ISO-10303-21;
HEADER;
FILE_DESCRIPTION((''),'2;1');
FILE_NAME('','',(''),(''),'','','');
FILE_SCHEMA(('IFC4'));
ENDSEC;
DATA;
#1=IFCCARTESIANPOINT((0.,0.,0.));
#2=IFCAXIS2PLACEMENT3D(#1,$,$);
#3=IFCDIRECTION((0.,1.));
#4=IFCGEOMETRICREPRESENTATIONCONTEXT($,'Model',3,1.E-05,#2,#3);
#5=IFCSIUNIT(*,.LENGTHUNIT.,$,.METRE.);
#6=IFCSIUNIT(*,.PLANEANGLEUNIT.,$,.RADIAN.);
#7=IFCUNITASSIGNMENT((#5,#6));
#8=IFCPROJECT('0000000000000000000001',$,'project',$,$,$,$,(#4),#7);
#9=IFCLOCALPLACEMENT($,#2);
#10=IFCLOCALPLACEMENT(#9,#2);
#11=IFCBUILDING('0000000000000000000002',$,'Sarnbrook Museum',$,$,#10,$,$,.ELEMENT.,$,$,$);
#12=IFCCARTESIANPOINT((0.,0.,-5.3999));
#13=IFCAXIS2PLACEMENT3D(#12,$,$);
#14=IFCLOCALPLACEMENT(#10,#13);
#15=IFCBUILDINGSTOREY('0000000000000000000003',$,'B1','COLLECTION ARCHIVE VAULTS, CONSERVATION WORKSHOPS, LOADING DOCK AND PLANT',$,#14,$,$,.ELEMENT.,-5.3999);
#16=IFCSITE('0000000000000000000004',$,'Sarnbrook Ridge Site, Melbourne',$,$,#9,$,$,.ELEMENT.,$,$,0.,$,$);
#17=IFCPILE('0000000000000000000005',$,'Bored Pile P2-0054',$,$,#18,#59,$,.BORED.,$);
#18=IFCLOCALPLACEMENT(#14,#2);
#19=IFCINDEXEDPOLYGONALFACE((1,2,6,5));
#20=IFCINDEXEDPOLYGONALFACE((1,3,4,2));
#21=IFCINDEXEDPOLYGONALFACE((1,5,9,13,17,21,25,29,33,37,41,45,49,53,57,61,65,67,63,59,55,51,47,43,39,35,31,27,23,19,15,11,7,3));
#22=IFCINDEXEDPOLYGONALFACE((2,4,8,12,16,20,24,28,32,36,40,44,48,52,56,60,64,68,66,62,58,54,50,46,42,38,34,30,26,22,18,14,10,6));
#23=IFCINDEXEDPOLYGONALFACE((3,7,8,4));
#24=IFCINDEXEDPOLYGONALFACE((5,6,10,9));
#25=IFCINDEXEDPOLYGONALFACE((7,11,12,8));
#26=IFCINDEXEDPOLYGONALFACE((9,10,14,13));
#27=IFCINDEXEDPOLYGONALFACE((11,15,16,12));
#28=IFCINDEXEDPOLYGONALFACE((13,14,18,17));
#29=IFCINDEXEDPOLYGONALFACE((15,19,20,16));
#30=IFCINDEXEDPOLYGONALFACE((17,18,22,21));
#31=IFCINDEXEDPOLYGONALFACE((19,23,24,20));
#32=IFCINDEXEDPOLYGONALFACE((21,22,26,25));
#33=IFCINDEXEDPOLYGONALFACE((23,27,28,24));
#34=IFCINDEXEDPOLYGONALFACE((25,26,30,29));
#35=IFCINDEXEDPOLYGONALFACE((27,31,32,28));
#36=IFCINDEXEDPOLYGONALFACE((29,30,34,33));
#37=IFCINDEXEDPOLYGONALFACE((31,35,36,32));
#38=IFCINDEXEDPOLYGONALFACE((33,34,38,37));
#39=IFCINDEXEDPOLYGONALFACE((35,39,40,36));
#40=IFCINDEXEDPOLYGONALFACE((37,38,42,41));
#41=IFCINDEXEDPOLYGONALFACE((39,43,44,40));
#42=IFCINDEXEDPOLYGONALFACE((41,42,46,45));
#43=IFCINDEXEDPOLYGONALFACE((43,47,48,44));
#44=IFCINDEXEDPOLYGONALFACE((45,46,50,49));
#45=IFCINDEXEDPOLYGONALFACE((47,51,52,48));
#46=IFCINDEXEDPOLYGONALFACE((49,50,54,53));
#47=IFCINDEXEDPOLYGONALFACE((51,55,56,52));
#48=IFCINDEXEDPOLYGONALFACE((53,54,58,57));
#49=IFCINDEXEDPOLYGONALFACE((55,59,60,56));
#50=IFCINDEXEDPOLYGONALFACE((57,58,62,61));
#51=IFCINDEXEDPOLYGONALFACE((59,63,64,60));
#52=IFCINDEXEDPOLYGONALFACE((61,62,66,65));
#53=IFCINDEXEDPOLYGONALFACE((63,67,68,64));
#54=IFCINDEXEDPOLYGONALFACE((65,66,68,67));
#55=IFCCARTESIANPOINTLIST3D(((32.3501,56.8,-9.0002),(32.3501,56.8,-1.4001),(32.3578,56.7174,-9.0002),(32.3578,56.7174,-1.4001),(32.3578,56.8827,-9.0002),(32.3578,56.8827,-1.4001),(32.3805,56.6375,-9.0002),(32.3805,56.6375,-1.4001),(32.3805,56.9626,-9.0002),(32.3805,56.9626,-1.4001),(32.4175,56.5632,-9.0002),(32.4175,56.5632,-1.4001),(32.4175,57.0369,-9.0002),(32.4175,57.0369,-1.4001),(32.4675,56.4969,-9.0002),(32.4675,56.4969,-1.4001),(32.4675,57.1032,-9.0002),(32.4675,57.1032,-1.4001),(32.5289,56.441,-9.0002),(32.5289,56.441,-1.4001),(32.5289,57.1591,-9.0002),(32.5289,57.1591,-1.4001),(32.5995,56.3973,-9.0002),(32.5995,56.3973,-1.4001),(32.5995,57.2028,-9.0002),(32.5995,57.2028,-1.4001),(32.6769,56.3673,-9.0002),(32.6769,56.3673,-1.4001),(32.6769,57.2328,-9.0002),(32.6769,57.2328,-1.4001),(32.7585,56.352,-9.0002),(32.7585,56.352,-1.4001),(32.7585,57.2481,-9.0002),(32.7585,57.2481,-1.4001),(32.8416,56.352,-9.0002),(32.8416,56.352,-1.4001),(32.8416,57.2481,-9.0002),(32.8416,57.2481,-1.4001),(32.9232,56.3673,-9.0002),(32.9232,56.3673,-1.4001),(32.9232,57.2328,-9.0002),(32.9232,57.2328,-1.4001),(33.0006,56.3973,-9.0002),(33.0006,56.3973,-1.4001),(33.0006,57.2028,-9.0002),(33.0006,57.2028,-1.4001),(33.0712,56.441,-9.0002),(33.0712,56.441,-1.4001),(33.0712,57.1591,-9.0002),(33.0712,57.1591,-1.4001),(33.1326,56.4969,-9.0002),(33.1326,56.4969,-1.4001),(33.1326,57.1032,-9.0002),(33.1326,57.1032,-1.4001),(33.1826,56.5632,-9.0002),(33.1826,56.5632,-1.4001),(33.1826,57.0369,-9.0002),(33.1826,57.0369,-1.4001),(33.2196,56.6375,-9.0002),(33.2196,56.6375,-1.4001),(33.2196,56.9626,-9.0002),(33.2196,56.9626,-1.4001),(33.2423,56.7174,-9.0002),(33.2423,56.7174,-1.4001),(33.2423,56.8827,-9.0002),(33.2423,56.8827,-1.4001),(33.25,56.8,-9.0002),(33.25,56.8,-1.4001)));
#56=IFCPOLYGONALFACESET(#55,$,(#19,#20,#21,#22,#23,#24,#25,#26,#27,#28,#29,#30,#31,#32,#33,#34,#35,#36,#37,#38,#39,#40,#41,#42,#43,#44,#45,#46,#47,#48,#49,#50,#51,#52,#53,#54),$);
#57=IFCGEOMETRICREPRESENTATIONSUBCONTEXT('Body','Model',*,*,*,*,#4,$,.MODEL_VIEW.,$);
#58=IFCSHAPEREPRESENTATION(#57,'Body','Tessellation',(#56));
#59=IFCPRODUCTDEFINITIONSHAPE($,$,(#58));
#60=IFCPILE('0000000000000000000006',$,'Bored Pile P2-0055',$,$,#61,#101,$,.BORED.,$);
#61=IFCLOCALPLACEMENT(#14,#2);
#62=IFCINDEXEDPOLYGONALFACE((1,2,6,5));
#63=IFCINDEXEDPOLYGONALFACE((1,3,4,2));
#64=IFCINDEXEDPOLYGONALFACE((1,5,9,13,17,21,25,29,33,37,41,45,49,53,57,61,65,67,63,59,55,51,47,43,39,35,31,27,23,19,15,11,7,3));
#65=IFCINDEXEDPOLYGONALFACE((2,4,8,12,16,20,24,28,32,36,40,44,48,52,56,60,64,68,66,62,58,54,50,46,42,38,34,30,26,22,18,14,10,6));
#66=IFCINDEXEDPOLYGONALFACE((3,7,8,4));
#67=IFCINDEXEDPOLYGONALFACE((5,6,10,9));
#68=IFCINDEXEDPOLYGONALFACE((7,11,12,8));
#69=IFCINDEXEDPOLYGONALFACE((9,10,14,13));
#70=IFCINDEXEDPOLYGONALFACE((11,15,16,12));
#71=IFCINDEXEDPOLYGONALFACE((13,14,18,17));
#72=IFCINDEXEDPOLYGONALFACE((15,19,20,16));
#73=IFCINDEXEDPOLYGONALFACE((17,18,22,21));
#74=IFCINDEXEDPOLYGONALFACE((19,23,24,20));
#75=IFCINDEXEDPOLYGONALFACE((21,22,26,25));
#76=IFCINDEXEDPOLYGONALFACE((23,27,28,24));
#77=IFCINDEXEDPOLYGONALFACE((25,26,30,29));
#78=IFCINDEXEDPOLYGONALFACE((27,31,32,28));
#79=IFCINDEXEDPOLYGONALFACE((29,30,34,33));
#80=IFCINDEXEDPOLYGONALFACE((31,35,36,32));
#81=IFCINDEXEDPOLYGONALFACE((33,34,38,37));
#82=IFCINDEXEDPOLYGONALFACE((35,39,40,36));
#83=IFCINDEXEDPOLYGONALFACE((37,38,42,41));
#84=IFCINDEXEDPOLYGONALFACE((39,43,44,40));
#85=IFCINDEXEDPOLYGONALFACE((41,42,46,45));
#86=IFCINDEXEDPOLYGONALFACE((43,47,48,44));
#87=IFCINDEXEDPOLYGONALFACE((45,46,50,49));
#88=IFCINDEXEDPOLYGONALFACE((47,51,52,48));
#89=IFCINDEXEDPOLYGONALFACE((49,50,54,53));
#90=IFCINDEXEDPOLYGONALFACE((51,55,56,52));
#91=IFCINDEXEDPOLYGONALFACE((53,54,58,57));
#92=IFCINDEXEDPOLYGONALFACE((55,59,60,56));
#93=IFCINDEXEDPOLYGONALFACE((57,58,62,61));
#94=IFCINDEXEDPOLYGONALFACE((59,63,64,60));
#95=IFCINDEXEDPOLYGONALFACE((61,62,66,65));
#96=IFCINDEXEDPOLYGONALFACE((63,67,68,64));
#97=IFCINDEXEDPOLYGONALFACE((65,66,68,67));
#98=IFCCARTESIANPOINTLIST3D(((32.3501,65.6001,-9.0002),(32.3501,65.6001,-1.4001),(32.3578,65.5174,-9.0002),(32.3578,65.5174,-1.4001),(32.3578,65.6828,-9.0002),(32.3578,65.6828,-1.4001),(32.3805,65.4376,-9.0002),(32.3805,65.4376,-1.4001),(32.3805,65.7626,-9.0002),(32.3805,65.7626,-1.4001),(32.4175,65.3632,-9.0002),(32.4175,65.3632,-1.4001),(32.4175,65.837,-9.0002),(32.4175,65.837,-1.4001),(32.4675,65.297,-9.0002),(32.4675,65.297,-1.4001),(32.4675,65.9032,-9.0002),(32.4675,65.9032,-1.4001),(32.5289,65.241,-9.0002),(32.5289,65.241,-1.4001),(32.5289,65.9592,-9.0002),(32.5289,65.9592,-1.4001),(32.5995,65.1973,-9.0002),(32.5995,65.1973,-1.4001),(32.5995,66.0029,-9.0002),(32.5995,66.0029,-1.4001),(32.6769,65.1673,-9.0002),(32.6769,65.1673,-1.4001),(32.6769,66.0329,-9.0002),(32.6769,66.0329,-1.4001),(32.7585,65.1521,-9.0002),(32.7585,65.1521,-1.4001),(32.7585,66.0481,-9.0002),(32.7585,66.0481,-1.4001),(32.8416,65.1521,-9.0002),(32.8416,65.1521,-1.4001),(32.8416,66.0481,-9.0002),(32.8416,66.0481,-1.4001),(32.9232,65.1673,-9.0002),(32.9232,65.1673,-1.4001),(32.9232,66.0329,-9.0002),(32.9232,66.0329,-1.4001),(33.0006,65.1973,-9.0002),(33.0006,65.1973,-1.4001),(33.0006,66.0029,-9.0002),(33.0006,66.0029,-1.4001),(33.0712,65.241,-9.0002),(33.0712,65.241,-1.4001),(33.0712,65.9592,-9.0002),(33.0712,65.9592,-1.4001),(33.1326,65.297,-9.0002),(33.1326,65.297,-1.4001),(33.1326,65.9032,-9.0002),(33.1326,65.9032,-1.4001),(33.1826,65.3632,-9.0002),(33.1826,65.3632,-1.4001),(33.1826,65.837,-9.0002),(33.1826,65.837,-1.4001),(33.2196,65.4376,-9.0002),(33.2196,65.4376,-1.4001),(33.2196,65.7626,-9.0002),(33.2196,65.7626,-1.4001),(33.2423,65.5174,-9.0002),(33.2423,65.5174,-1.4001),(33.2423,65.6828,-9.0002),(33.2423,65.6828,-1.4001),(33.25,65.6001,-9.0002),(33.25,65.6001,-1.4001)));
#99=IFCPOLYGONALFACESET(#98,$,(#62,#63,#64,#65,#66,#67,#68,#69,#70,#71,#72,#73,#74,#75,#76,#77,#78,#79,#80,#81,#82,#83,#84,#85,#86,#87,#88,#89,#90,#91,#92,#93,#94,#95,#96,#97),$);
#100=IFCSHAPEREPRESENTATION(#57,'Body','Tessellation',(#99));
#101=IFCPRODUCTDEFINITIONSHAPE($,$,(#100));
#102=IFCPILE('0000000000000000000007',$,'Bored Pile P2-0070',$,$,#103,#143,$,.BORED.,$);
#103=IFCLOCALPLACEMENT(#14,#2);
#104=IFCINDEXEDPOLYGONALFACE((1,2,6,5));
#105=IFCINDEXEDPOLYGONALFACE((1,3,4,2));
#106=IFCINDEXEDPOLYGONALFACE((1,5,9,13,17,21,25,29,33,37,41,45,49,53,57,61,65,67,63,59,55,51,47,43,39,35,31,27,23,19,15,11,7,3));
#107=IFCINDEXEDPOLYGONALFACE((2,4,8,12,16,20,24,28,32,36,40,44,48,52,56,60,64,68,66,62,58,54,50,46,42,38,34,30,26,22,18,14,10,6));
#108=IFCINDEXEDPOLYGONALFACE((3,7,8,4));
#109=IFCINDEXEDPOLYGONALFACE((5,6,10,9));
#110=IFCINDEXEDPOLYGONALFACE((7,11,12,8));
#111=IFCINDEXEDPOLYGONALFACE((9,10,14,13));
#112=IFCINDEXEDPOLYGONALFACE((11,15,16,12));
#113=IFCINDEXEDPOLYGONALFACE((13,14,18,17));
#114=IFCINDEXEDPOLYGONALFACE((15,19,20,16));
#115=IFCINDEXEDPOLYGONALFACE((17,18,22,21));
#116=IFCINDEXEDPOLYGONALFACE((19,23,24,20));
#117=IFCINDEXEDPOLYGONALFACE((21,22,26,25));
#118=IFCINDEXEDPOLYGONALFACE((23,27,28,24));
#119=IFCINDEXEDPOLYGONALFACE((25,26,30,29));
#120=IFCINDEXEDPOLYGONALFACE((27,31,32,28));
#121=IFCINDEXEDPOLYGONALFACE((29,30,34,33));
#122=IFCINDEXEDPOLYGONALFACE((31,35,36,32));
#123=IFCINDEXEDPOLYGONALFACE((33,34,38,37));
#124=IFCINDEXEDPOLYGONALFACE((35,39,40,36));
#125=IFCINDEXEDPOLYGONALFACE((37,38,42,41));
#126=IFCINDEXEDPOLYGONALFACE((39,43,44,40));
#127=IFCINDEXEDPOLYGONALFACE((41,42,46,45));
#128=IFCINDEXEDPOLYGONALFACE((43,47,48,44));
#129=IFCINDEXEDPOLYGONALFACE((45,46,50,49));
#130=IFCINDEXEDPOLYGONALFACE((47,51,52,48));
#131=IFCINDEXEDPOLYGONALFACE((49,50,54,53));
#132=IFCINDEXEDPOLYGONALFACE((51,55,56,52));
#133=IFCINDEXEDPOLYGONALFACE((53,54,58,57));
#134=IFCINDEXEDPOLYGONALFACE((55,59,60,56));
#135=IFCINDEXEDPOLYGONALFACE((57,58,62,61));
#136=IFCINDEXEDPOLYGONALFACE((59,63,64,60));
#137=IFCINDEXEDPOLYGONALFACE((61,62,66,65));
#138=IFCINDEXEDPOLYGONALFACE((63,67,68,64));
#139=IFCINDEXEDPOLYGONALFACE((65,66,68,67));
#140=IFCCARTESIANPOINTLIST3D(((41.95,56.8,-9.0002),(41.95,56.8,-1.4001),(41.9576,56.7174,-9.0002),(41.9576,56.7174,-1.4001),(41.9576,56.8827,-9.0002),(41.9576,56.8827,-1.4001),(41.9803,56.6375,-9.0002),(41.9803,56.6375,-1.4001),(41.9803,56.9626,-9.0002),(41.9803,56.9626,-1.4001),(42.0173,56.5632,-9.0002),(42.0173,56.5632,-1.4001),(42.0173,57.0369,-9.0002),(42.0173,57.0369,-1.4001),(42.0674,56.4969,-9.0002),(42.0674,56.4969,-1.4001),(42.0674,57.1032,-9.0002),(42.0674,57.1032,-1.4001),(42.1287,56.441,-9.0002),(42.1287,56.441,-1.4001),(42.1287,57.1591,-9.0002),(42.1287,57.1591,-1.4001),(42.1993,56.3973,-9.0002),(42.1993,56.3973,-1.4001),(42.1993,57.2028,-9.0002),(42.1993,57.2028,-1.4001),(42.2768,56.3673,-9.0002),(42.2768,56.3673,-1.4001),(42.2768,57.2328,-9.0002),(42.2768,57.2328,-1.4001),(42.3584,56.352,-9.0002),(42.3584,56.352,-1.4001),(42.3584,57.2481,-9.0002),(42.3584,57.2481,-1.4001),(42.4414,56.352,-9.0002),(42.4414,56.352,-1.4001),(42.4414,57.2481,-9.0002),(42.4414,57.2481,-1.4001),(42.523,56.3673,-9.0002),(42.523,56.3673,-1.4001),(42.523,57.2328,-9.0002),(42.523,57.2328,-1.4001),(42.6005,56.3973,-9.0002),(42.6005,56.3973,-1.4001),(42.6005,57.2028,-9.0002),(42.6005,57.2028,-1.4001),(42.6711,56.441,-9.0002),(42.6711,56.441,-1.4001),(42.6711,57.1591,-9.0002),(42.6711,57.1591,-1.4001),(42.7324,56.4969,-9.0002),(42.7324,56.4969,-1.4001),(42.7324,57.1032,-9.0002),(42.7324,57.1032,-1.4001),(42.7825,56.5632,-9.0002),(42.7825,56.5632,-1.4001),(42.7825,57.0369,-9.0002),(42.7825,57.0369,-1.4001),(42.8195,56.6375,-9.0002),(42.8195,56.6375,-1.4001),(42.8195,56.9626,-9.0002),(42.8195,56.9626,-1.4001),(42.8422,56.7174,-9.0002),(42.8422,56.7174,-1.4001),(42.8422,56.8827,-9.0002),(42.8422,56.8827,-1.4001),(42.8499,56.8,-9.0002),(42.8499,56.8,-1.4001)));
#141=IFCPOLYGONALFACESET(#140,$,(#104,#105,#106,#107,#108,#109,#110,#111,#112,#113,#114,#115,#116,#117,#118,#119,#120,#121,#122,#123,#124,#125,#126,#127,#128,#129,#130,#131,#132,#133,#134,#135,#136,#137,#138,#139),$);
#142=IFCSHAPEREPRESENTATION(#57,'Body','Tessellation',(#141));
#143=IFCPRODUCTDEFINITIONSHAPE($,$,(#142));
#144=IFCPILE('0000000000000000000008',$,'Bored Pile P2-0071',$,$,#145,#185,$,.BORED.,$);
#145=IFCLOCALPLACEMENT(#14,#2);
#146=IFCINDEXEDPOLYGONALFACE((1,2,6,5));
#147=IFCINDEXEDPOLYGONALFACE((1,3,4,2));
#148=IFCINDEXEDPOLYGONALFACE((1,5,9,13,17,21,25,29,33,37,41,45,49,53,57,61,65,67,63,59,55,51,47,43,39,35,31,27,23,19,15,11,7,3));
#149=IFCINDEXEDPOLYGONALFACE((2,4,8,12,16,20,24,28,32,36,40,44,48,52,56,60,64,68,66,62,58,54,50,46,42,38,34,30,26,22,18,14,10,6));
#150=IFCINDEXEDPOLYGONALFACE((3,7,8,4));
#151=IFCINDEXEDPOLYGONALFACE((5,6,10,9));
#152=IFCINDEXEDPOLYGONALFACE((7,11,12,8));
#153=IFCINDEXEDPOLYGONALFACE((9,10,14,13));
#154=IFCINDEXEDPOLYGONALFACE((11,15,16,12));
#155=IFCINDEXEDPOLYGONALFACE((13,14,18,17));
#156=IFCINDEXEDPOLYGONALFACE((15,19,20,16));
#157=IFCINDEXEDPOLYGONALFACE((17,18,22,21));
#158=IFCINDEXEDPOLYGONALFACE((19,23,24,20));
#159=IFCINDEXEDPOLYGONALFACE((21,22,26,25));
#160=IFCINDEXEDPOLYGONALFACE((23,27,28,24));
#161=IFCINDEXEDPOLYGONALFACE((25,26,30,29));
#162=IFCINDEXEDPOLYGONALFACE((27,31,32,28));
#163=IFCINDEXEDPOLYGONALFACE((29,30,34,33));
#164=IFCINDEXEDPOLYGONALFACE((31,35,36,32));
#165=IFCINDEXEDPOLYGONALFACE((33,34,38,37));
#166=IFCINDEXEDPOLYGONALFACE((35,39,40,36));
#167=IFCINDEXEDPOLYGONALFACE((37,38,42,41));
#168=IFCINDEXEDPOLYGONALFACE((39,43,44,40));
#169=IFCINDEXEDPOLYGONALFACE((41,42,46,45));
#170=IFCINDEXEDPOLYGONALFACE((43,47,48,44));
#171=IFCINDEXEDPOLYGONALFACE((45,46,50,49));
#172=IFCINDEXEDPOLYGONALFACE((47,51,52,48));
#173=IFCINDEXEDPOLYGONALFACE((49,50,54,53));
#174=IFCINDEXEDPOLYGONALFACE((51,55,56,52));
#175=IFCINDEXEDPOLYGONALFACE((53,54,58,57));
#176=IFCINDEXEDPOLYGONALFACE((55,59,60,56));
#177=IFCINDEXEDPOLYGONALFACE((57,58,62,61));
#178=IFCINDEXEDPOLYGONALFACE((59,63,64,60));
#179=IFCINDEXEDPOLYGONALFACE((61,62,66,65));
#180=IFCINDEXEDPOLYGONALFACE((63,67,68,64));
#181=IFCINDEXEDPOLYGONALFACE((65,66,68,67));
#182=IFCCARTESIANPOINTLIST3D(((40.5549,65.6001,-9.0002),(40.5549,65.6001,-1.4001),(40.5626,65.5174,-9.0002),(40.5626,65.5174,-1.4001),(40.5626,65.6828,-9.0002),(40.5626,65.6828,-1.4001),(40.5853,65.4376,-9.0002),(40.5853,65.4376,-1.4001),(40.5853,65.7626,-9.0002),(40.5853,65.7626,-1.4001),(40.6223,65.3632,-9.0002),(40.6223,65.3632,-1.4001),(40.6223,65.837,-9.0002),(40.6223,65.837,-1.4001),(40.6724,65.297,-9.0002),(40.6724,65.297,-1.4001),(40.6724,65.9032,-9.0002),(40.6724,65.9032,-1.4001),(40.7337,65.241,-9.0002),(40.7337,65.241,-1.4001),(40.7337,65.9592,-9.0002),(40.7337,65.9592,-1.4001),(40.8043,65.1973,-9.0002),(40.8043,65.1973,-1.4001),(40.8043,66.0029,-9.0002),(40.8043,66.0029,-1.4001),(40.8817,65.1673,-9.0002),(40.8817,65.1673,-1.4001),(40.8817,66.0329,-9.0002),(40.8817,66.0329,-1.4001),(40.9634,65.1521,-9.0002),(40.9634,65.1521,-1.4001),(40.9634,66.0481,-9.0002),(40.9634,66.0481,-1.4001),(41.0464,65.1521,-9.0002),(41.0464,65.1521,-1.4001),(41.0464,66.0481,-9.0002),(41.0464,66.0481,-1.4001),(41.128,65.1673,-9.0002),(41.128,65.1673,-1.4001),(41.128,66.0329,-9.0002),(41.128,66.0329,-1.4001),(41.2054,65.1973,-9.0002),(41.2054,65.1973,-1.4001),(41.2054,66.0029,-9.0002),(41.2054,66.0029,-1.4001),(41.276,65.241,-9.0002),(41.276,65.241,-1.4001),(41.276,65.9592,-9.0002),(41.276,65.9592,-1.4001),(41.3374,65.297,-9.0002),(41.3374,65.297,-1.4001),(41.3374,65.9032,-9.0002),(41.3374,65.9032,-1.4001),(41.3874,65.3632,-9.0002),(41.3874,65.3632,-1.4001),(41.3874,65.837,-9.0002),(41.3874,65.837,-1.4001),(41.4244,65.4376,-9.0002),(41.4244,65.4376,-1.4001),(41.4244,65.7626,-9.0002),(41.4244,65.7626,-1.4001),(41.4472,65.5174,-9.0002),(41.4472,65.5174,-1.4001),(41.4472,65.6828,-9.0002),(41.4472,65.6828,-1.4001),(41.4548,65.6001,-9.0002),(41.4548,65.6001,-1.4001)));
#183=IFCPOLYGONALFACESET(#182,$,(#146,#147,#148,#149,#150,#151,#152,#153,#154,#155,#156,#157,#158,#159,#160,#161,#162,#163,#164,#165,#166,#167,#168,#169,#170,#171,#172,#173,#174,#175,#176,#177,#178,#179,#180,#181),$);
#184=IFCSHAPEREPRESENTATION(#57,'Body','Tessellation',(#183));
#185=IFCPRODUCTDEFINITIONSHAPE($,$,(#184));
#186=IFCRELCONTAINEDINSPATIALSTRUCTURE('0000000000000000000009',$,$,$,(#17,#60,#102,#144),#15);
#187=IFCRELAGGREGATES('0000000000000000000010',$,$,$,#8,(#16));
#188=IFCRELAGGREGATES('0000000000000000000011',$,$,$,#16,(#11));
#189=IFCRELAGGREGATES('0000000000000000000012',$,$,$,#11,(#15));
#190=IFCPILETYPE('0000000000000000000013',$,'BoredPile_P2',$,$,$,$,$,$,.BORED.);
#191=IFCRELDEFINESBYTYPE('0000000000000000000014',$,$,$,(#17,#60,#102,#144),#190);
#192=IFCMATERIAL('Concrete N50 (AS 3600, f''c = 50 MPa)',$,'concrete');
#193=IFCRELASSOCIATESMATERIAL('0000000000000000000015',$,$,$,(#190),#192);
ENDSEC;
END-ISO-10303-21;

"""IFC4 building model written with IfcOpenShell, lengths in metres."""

from ifc_helpers import new_model, si_unit, direction, frame, origin, origin_2d, place, context, subcontext, project, spatial, circle, extrude, material, material_profile, profile_set, type_object, element, save


model = new_model("IFC4")

# Units and contexts
model_context = context("Model", 3, precision=1e-05, world=origin(), true_north=direction((0.0, 1.0)))
body_context = subcontext(model_context, "Body", "Model", "MODEL_VIEW")
ifc_project = project(units=[si_unit("LENGTHUNIT", "METRE"), si_unit("PLANEANGLEUNIT", "RADIAN")], contexts=[model_context])

# Site, building, storey
site_placement = place(None, origin())
site = spatial("IfcSite", under=ifc_project, at=site_placement, Name="Sarnbrook Ridge Site, Melbourne", CompositionType="ELEMENT", RefElevation=0.0)
building_placement = place(site_placement, origin())
building = spatial("IfcBuilding", under=site, at=building_placement, Name="Sarnbrook Museum", CompositionType="ELEMENT")
storey_placement = place(building_placement, frame((0.0, 0.0, -5.3999)))
storey = spatial("IfcBuildingStorey", under=building, at=storey_placement, Name="B1", Description="COLLECTION ARCHIVE VAULTS, CONSERVATION WORKSHOPS, LOADING DOCK AND PLANT", CompositionType="ELEMENT", Elevation=-5.3999)

# Piles
ifc_material_1 = material(Name="Concrete N50 (AS 3600, f'c = 50 MPa)", Category="concrete")
ifc_material_profile_1 = material_profile(ifc_material_1, circle(Radius=0.45, at=origin_2d()), Name="BORED PILE D900")
ifc_profile_set_1 = profile_set([ifc_material_profile_1], Name="Concrete N50 (AS 3600, f'c = 50 MPa)")
pile_type = type_object("IfcPileType", Name="BoredPile_P2", PredefinedType="BORED", material=ifc_profile_set_1)
for number, where, z_axis, x_axis, name in (
    (1, (32.8, 56.8, -1.4001), (0.0, 0.0, -1.0), (1.0, 0.0, 0.0), "Bored Pile P2-0054"),
    (2, (32.8, 65.6001, -1.4001), (0.0, 0.0, -1.0), (1.0, 0.0, 0.0), "Bored Pile P2-0055"),
    (3, (42.3999, 56.8, -1.4001), (0.0, 0.0, -1.0), (1.0, 0.0, 0.0), "Bored Pile P2-0070"),
    (4, (41.0049, 65.6001, -1.4001), (0.0, 0.0, -1.0), (1.0, 0.0, 0.0), "Bored Pile P2-0071"),
):
    element("IfcPile", number, at=place(storey_placement, frame(where, z_axis=z_axis, x_axis=x_axis)), inside=storey, type_object=pile_type, Name=name, PredefinedType="BORED", context=body_context, shape_type="SweptSolid", body=[
        extrude(circle(Radius=0.45, at=origin_2d()), origin(), (0.0, 0.0, 1.0), 7.6001),
    ])

save(model, "model.ifc")
